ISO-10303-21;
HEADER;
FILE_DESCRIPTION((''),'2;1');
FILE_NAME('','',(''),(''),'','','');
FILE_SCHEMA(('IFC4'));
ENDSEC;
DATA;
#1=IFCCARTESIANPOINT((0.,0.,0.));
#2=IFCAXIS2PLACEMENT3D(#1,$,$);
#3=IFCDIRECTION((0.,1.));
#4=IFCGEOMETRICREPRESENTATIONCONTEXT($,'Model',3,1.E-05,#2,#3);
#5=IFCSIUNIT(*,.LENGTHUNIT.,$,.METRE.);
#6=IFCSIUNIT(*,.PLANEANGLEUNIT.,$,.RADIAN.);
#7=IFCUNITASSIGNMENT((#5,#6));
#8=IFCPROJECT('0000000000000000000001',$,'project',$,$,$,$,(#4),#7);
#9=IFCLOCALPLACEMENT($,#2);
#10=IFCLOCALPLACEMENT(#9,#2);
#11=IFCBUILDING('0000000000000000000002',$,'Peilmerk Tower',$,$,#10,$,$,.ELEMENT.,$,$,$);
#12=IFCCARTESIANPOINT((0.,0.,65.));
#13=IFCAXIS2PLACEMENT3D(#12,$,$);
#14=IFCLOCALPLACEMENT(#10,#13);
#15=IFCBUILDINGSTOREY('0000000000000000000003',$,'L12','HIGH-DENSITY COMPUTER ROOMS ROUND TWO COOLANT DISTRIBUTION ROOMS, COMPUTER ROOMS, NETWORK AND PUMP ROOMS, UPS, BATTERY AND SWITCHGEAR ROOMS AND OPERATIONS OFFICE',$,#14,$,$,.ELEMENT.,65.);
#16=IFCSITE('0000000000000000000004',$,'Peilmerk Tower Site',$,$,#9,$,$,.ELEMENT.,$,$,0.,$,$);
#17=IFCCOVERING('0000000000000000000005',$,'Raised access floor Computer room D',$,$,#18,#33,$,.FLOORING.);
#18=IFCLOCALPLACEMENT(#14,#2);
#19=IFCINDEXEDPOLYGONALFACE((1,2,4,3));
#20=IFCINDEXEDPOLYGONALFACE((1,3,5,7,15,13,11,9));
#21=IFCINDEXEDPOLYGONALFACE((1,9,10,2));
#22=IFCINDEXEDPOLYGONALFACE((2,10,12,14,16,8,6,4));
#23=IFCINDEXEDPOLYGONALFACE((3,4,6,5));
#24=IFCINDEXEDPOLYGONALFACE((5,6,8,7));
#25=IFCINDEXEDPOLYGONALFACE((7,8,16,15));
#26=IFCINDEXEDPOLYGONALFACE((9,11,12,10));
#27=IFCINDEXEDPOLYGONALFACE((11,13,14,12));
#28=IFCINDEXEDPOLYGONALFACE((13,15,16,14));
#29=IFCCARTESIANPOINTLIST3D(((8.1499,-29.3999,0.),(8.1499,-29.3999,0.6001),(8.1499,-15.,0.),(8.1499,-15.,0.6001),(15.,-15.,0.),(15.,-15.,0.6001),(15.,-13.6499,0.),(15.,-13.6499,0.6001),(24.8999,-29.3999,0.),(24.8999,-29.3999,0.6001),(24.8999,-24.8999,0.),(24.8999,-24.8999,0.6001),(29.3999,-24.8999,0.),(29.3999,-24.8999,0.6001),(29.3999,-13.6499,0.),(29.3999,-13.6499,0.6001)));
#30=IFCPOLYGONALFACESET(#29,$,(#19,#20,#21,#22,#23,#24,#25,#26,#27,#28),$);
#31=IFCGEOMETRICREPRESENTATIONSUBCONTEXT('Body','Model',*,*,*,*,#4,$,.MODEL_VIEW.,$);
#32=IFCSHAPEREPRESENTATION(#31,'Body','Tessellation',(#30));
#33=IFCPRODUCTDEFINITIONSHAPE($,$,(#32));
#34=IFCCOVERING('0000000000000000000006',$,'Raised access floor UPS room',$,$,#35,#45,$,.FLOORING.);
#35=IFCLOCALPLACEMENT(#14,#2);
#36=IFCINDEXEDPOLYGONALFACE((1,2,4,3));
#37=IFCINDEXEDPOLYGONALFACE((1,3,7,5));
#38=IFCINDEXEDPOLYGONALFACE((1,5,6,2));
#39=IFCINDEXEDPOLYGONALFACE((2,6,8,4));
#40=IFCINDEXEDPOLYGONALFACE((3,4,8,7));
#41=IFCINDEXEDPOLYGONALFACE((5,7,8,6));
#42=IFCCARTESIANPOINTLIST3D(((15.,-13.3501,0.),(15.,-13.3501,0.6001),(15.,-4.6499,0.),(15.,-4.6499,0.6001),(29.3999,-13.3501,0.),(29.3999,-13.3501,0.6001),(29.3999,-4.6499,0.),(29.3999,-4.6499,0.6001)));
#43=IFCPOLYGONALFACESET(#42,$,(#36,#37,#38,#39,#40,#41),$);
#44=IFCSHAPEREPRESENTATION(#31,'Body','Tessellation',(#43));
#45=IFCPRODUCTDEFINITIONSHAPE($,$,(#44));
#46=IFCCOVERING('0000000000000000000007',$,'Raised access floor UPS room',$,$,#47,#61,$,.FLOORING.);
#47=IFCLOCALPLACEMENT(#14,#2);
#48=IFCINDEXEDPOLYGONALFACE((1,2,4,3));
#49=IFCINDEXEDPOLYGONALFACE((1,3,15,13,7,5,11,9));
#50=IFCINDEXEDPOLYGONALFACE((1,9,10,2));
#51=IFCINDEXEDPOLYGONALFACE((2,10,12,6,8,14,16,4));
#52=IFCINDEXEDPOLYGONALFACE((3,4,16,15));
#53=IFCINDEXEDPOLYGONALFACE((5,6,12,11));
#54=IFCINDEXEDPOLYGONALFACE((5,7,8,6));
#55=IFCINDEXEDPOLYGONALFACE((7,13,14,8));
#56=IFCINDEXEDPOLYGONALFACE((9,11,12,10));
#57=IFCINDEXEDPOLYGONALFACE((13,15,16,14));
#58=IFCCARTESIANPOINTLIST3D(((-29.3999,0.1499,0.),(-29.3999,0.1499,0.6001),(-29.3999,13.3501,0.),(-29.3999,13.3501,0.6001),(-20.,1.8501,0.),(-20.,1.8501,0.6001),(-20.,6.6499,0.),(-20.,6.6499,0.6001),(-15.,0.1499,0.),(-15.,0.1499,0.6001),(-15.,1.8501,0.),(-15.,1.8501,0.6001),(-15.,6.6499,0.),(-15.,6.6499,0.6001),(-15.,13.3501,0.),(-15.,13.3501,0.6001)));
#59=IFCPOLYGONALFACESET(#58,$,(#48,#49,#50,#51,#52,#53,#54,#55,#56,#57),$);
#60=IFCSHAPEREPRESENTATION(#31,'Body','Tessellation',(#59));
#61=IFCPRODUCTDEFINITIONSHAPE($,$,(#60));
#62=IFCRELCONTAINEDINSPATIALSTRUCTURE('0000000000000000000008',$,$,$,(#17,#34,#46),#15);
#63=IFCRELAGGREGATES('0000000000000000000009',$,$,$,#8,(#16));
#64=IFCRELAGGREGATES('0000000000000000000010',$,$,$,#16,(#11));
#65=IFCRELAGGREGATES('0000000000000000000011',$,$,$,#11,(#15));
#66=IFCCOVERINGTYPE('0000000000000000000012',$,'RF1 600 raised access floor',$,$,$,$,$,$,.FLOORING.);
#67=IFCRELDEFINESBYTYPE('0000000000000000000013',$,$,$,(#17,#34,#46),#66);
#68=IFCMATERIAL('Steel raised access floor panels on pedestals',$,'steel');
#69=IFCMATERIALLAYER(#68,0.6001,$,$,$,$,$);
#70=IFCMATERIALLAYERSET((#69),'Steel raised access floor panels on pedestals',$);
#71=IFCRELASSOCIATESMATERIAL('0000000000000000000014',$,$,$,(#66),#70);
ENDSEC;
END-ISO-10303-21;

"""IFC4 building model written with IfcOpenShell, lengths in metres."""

from ifc_helpers import new_model, si_unit, direction, frame, origin, place, context, subcontext, project, spatial, polyline, outline, extrude, material, layer, layer_set, type_object, element, save


model = new_model("IFC4")

# Units and contexts
model_context = context("Model", 3, precision=1e-05, world=origin(), true_north=direction((0.0, 1.0)))
body_context = subcontext(model_context, "Body", "Model", "MODEL_VIEW")
ifc_project = project(units=[si_unit("LENGTHUNIT", "METRE"), si_unit("PLANEANGLEUNIT", "RADIAN")], contexts=[model_context])

# Site, building, storey
site_placement = place(None, origin())
site = spatial("IfcSite", under=ifc_project, at=site_placement, Name="Peilmerk Tower Site", CompositionType="ELEMENT", RefElevation=0.0)
building_placement = place(site_placement, origin())
building = spatial("IfcBuilding", under=site, at=building_placement, Name="Peilmerk Tower", CompositionType="ELEMENT")
storey_placement = place(building_placement, frame((0.0, 0.0, 65.0)))
storey = spatial("IfcBuildingStorey", under=building, at=storey_placement, Name="L12", Description="HIGH-DENSITY COMPUTER ROOMS ROUND TWO COOLANT DISTRIBUTION ROOMS, COMPUTER ROOMS, NETWORK AND PUMP ROOMS, UPS, BATTERY AND SWITCHGEAR ROOMS AND OPERATIONS OFFICE", CompositionType="ELEMENT", Elevation=65.0)

# Coverings
ifc_material_1 = material(Name="Steel raised access floor panels on pedestals", Category="steel")
ifc_layer_1 = layer(ifc_material_1, 0.6001)
ifc_layer_set_1 = layer_set([ifc_layer_1], Name="Steel raised access floor panels on pedestals")
covering_type_1 = type_object("IfcCoveringType", Name="RF1 600 raised access floor", PredefinedType="FLOORING", material=ifc_layer_set_1)
covering_1_placement = place(storey_placement, origin())
element("IfcCovering", 1, at=covering_1_placement, inside=storey, type_object=covering_type_1, Name="Raised access floor Computer room D", PredefinedType="FLOORING", context=body_context, shape_type="SweptSolid", body=[
    extrude(outline(polyline([(8.1499, -29.3999), (24.8999, -29.3999), (24.8999, -24.8999), (29.3999, -24.8999), (29.3999, -13.6499), (15.0, -13.6499), (15.0, -15.0), (8.1499, -15.0), (8.1499, -29.3999)])), origin(), (0.0, 0.0, 1.0), 0.6001),
])
covering_2_placement = place(storey_placement, origin())
element("IfcCovering", 2, at=covering_2_placement, inside=storey, type_object=covering_type_1, Name="Raised access floor UPS room", PredefinedType="FLOORING", context=body_context, shape_type="SweptSolid", body=[
    extrude(outline(polyline([(29.3999, -13.3501), (29.3999, -4.6499), (15.0, -4.6499), (15.0, -13.3501), (29.3999, -13.3501)])), origin(), (0.0, 0.0, 1.0), 0.6001),
])
covering_3_placement = place(storey_placement, origin())
element("IfcCovering", 3, at=covering_3_placement, inside=storey, type_object=covering_type_1, Name="Raised access floor UPS room", PredefinedType="FLOORING", context=body_context, shape_type="SweptSolid", body=[
    extrude(outline(polyline([(-15.0, 13.3501), (-29.3999, 13.3501), (-29.3999, 0.1499), (-15.0, 0.1499), (-15.0, 1.8501), (-20.0, 1.8501), (-20.0, 6.6499), (-15.0, 6.6499), (-15.0, 13.3501)])), origin(), (0.0, 0.0, 1.0), 0.6001),
])

save(model, "model.ifc")
